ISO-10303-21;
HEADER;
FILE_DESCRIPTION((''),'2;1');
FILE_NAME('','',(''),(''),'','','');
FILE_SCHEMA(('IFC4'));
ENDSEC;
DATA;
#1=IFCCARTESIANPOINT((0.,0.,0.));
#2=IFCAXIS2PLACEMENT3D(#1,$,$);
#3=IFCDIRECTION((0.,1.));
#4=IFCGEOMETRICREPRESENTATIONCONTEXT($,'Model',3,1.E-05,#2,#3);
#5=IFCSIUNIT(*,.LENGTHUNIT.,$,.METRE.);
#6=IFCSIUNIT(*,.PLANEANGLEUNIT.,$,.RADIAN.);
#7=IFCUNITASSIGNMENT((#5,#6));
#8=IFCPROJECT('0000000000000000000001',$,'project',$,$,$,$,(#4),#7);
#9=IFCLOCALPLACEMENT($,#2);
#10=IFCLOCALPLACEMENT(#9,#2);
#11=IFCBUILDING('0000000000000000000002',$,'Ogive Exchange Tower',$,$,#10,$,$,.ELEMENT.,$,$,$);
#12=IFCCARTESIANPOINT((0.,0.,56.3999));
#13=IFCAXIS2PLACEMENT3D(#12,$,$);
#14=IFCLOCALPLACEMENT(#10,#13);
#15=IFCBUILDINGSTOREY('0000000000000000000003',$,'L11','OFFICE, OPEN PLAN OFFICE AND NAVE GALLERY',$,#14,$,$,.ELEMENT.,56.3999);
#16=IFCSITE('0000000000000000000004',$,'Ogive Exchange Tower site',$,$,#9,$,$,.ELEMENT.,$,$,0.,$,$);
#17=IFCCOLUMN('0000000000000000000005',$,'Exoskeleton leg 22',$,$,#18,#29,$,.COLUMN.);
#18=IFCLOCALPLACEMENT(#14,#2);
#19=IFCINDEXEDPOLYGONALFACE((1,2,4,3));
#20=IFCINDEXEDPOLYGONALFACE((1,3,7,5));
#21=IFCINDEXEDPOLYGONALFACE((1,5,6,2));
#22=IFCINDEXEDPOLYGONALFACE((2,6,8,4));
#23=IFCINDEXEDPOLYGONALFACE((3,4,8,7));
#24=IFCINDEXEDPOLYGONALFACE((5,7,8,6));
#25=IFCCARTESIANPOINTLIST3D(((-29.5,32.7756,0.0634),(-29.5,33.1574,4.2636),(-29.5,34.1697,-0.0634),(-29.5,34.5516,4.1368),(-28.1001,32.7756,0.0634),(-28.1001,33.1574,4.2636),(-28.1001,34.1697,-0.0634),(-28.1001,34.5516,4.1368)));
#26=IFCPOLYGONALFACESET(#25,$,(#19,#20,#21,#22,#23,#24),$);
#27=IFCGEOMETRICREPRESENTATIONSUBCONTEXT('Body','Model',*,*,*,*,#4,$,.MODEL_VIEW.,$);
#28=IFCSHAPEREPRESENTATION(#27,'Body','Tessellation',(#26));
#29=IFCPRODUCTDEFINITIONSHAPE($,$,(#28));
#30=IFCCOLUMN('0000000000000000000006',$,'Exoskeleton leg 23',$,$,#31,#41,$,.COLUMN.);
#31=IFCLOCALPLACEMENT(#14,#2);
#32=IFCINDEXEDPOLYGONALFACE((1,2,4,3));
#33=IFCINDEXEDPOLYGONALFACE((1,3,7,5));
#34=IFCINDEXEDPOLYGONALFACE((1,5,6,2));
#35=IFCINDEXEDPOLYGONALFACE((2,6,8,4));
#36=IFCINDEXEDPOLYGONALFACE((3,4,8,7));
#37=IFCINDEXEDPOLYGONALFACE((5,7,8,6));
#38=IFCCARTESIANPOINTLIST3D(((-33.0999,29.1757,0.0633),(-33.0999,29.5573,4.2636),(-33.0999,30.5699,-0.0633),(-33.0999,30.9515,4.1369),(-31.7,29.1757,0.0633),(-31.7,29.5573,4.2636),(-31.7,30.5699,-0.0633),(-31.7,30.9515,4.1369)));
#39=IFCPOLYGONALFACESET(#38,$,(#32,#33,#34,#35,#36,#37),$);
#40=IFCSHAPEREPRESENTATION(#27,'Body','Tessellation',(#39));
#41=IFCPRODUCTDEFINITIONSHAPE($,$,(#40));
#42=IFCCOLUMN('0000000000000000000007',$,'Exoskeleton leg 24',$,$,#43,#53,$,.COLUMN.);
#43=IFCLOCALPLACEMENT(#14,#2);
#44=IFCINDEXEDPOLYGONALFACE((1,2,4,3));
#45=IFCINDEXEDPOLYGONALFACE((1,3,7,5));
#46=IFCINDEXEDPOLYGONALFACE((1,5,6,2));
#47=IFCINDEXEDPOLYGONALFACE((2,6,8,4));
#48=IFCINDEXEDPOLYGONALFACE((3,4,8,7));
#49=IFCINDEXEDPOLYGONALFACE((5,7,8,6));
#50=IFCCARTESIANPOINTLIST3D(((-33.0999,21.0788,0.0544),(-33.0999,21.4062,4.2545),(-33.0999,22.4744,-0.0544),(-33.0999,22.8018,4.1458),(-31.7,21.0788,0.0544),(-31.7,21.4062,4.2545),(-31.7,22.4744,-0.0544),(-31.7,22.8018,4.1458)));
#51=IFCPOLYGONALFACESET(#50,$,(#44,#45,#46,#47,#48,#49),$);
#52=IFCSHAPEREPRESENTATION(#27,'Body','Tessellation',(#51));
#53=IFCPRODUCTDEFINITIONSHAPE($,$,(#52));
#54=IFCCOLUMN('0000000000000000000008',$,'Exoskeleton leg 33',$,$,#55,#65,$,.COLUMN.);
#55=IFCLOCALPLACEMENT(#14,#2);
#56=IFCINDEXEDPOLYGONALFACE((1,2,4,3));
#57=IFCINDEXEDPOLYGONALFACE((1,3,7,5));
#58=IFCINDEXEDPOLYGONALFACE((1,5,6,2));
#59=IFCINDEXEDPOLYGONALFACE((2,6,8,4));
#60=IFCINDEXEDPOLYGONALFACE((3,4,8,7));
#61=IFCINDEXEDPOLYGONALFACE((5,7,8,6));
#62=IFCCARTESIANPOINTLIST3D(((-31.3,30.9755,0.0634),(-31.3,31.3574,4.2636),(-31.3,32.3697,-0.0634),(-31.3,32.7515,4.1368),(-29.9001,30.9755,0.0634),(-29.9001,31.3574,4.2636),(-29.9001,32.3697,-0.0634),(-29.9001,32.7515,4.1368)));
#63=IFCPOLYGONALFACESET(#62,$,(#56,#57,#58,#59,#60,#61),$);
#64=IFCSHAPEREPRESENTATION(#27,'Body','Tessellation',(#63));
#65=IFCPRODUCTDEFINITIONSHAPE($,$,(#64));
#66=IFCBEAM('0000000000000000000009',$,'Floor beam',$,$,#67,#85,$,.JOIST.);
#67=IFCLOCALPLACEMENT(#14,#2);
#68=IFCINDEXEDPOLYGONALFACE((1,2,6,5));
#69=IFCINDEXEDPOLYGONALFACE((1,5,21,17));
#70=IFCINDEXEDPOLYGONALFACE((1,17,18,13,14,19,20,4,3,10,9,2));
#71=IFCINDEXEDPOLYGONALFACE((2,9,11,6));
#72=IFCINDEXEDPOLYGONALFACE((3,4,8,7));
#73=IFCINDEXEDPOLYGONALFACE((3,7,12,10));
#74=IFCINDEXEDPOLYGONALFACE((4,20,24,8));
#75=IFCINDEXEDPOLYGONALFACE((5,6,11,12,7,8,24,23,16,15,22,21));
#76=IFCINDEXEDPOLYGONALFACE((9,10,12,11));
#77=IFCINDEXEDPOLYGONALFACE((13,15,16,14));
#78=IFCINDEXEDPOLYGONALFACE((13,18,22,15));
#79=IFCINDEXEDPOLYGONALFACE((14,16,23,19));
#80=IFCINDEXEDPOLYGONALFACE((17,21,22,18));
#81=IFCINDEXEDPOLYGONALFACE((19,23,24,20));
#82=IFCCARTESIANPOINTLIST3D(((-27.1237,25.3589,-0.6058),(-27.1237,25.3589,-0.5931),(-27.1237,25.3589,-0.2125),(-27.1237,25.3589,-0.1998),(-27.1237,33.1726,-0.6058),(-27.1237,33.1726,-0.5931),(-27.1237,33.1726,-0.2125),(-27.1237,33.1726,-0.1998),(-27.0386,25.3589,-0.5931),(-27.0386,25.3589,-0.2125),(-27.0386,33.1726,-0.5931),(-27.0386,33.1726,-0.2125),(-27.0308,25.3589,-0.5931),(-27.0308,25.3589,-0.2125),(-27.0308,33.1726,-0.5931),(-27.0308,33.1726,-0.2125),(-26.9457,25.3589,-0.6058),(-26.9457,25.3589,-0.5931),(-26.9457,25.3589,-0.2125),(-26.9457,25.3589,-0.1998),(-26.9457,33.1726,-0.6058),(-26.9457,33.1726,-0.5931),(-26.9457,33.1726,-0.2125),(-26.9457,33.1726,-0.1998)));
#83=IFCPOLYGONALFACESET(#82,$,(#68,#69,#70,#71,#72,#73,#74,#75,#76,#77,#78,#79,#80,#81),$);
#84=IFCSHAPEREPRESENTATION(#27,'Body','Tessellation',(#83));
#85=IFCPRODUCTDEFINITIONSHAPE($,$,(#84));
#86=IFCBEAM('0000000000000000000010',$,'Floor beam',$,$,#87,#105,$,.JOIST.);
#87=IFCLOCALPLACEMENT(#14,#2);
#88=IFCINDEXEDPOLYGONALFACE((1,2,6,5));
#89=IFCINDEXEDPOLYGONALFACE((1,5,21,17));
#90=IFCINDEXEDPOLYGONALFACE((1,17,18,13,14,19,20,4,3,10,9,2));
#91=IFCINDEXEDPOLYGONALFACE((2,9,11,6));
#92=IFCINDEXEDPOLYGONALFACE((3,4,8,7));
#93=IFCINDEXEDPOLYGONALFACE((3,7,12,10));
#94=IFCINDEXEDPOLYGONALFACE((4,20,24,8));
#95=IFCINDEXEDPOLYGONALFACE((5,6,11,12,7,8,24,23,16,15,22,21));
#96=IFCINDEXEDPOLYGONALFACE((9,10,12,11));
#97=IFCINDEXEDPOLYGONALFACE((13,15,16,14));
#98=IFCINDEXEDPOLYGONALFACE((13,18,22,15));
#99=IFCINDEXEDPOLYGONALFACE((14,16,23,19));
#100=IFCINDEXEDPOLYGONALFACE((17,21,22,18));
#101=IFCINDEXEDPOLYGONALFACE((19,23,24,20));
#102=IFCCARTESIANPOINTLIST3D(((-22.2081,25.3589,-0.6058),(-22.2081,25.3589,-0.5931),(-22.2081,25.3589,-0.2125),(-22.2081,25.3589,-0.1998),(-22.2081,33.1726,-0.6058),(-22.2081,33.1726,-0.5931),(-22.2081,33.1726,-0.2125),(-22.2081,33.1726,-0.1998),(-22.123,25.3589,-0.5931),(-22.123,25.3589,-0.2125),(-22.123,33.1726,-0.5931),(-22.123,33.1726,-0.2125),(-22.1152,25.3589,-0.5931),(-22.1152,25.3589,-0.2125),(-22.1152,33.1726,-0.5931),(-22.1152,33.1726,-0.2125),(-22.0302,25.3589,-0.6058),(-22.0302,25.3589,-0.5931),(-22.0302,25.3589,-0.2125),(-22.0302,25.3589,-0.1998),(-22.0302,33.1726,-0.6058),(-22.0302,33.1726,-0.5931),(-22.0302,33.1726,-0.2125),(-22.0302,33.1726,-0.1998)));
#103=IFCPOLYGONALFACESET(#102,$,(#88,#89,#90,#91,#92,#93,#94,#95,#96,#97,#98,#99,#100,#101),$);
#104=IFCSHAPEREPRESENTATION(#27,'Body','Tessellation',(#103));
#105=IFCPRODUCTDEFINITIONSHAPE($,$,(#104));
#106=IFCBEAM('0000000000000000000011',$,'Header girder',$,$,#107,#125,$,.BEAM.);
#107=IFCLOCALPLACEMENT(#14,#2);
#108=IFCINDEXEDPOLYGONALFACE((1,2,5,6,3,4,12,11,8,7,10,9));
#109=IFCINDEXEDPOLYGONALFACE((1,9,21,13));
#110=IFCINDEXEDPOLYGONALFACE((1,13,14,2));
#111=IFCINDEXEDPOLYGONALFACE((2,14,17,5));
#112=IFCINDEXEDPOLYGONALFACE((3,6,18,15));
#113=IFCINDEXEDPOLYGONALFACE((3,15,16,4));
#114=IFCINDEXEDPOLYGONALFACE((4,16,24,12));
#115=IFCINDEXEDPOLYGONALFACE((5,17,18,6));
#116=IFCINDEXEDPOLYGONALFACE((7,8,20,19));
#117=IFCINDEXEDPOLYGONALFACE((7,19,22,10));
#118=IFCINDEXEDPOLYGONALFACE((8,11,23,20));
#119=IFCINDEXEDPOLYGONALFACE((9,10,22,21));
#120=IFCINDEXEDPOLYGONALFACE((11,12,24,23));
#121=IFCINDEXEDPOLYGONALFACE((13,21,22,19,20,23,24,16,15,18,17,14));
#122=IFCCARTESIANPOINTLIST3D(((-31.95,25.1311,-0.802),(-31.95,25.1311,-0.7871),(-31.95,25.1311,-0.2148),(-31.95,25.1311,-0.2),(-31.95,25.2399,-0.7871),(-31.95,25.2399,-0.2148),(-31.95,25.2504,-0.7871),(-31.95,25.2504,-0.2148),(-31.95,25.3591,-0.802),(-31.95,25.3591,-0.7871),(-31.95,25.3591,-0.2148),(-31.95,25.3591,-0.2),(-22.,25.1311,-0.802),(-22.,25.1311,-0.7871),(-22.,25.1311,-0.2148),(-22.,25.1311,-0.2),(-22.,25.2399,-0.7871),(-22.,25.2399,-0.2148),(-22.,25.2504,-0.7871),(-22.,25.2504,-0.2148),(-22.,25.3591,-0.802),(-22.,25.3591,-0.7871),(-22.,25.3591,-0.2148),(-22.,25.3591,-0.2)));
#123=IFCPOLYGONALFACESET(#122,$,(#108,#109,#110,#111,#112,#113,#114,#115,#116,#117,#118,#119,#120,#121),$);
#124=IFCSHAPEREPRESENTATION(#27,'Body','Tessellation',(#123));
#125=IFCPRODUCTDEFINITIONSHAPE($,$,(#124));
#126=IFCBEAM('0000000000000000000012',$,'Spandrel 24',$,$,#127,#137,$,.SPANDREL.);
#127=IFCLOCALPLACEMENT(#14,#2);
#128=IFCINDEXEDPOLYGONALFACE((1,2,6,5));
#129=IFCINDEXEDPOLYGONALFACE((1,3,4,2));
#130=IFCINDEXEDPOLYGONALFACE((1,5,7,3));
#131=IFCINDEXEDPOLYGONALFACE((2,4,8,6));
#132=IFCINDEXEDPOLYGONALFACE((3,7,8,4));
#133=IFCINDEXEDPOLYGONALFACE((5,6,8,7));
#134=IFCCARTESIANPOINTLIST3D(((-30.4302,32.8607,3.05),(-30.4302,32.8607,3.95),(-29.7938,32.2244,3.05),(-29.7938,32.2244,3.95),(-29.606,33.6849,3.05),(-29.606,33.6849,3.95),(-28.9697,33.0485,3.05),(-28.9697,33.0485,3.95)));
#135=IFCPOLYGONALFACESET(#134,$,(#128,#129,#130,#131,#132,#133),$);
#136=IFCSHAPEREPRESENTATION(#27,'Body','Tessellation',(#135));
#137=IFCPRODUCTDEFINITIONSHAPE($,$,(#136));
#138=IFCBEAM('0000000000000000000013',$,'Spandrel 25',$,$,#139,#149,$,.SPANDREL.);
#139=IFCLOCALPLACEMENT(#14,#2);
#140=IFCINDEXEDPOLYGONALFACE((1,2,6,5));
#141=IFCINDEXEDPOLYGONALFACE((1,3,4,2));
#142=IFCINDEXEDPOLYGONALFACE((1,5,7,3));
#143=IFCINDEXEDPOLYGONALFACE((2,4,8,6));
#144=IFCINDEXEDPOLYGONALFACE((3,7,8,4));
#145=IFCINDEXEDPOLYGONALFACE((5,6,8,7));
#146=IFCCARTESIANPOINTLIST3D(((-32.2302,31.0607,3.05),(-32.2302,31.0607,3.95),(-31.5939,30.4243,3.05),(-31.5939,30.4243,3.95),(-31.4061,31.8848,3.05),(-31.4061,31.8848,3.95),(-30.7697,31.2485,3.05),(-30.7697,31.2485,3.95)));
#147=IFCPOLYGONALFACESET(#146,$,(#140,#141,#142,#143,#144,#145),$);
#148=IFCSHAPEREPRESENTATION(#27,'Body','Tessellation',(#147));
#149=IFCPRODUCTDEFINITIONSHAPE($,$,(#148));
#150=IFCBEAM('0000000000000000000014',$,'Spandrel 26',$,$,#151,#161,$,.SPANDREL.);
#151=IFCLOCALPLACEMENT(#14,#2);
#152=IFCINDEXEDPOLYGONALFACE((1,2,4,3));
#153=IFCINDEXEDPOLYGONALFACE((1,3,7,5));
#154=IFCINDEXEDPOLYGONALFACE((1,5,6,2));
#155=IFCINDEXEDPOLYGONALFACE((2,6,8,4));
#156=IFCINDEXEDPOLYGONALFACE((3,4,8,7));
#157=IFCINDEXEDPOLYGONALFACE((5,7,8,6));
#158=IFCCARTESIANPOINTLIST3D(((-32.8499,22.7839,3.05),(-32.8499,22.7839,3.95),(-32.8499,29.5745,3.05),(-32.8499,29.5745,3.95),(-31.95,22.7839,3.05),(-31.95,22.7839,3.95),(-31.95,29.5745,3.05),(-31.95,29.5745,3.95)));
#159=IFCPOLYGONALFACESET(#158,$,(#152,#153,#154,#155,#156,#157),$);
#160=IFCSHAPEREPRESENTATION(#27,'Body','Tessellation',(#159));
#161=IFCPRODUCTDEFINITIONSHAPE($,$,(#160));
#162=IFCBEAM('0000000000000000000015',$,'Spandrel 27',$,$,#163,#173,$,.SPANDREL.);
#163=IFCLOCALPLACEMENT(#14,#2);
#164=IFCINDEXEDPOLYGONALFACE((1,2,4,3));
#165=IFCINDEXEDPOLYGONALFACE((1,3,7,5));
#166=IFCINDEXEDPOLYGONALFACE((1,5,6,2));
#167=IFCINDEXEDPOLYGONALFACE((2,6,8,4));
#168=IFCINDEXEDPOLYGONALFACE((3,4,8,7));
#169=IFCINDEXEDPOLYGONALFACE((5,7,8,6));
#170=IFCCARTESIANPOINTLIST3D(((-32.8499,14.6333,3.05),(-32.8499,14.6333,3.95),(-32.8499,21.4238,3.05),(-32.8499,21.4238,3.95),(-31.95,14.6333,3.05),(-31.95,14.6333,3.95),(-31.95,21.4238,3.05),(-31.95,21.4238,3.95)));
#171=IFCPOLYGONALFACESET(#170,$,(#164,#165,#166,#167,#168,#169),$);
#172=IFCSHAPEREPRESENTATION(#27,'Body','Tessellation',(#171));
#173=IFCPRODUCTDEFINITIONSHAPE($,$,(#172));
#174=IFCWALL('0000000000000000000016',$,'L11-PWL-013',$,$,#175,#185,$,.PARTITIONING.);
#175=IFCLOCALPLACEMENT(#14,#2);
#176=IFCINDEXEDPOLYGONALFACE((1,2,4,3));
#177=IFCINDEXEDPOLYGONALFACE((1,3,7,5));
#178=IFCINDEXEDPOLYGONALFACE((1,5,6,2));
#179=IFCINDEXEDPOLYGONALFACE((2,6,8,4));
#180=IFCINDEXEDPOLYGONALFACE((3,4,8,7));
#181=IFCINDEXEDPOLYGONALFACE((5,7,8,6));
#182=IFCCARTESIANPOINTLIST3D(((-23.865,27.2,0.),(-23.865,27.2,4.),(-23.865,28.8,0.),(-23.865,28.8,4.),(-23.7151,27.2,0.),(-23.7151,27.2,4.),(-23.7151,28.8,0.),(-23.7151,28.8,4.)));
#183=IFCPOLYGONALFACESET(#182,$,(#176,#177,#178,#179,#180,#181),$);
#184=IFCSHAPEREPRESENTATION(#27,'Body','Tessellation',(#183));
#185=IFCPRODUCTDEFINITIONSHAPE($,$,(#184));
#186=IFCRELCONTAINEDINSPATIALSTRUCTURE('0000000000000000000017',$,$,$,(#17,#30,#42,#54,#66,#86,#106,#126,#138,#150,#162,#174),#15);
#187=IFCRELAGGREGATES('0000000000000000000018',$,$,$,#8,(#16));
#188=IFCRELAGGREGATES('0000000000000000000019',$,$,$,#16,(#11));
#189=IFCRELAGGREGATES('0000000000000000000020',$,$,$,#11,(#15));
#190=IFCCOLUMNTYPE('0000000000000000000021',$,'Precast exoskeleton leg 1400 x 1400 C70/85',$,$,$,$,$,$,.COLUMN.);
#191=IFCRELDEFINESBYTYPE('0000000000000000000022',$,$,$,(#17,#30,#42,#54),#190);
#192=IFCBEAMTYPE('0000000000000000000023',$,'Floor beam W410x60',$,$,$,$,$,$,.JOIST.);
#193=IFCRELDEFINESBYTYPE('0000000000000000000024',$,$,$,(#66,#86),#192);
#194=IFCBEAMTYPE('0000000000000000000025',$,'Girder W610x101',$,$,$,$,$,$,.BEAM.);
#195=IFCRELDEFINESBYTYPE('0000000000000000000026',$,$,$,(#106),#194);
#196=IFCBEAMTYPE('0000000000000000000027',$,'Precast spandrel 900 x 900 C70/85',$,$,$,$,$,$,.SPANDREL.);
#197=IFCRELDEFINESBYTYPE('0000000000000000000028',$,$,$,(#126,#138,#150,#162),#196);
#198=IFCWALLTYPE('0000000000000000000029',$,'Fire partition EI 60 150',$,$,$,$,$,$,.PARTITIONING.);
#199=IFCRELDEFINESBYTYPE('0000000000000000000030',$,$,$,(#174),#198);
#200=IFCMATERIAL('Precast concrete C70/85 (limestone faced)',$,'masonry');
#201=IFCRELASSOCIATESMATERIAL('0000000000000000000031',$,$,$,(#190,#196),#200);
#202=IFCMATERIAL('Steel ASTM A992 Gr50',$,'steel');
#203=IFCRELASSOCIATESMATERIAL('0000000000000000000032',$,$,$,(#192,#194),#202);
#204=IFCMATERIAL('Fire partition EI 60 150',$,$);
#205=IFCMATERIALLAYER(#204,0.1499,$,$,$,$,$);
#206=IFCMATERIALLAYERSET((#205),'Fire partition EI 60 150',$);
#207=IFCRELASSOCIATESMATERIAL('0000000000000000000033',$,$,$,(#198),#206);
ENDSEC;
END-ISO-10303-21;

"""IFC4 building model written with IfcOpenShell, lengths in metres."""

from ifc_helpers import new_model, si_unit, direction, frame, frame_2d, origin, origin_2d, place, context, subcontext, project, spatial, rectangle, i_section, extrude, material, layer, layer_set, material_profile, profile_set, type_object, element, save


model = new_model("IFC4")

# Units and contexts
model_context = context("Model", 3, precision=1e-05, world=origin(), true_north=direction((0.0, 1.0)))
body_context = subcontext(model_context, "Body", "Model", "MODEL_VIEW")
ifc_project = project(units=[si_unit("LENGTHUNIT", "METRE"), si_unit("PLANEANGLEUNIT", "RADIAN")], contexts=[model_context])

# Site, building, storey
site_placement = place(None, origin())
site = spatial("IfcSite", under=ifc_project, at=site_placement, Name="Ogive Exchange Tower site", CompositionType="ELEMENT", RefElevation=0.0)
building_placement = place(site_placement, origin())
building = spatial("IfcBuilding", under=site, at=building_placement, Name="Ogive Exchange Tower", CompositionType="ELEMENT")
storey_placement = place(building_placement, frame((0.0, 0.0, 56.3999)))
storey = spatial("IfcBuildingStorey", under=building, at=storey_placement, Name="L11", Description="OFFICE, OPEN PLAN OFFICE AND NAVE GALLERY", CompositionType="ELEMENT", Elevation=56.3999)

# Columns
ifc_material_1 = material(Name="Precast concrete C70/85 (limestone faced)", Category="masonry")
ifc_material_profile_1 = material_profile(ifc_material_1, rectangle(XDim=1.3999, YDim=1.3999, at=origin_2d()), Name="1400 x 1400")
ifc_profile_set_1 = profile_set([ifc_material_profile_1], Name="Precast concrete C70/85 (limestone faced)")
column_type = type_object("IfcColumnType", Name="Precast exoskeleton leg 1400 x 1400 C70/85", PredefinedType="COLUMN", material=ifc_profile_set_1)
for number, where, z_axis, x_axis, name in (
    (1, (-28.8, 33.4727, 0.0), (0.0, 0.090536, 0.995893), (-1.0, 0.0, 0.0), "Exoskeleton leg 22"),
    (2, (-32.3999, 29.8728, 0.0), (0.0, 0.090478, 0.995898), (-1.0, 0.0, 0.0), "Exoskeleton leg 23"),
):
    element("IfcColumn", number, at=place(storey_placement, frame(where, z_axis=z_axis, x_axis=x_axis)), inside=storey, type_object=column_type, Name=name, PredefinedType="COLUMN", context=body_context, shape_type="SweptSolid", body=[
        extrude(rectangle(XDim=1.3999, YDim=1.3999, at=origin_2d()), origin(), (0.0, 0.0, 1.0), 4.2175),
    ])
column_1_placement = place(storey_placement, frame((-32.3999, 21.7766, 0.0), z_axis=(0.0, 0.077711, 0.996976), x_axis=(-1.0, 0.0, 0.0)))
element("IfcColumn", 3, at=column_1_placement, inside=storey, type_object=column_type, Name="Exoskeleton leg 24", PredefinedType="COLUMN", context=body_context, shape_type="SweptSolid", body=[
    extrude(rectangle(XDim=1.3999, YDim=1.3999, at=origin_2d()), origin(), (0.0, 0.0, 1.0), 4.2129),
])
column_2_placement = place(storey_placement, frame((-30.6001, 31.6726, 0.0), z_axis=(0.0, 0.090536, 0.995893), x_axis=(-1.0, 0.0, 0.0)))
element("IfcColumn", 4, at=column_2_placement, inside=storey, type_object=column_type, Name="Exoskeleton leg 33", PredefinedType="COLUMN", context=body_context, shape_type="SweptSolid", body=[
    extrude(rectangle(XDim=1.3999, YDim=1.3999, at=origin_2d()), origin(), (0.0, 0.0, 1.0), 4.2175),
])

# Beams
ifc_material_2 = material(Name="Steel ASTM A992 Gr50", Category="steel")
ifc_material_profile_2 = material_profile(ifc_material_2, i_section(OverallWidth=0.178, OverallDepth=0.406, WebThickness=0.0078, FlangeThickness=0.0127, at=origin_2d()), Name="W410x60")
ifc_profile_set_2 = profile_set([ifc_material_profile_2], Name="Steel ASTM A992 Gr50")
beam_type_1 = type_object("IfcBeamType", Name="Floor beam W410x60", PredefinedType="JOIST", material=ifc_profile_set_2)
for number, where, z_axis, x_axis, name in (
    (5, (-27.0347, 25.3589, -0.4028), (0.0, 1.0, 0.0), (-1.0, 0.0, 0.0), "Floor beam"),
    (6, (-22.1191, 25.3589, -0.4028), (0.0, 1.0, 0.0), (-1.0, 0.0, 0.0), "Floor beam"),
):
    element("IfcBeam", number, at=place(storey_placement, frame(where, z_axis=z_axis, x_axis=x_axis)), inside=storey, type_object=beam_type_1, Name=name, PredefinedType="JOIST", context=body_context, shape_type="SweptSolid", body=[
        extrude(i_section(OverallWidth=0.178, OverallDepth=0.406, WebThickness=0.0078, FlangeThickness=0.0127, at=origin_2d()), origin(), (0.0, 0.0, 1.0), 7.8137),
    ])
ifc_material_profile_3 = material_profile(ifc_material_2, i_section(OverallWidth=0.228, OverallDepth=0.6021, WebThickness=0.0105, FlangeThickness=0.0149, at=origin_2d()), Name="W610x101")
ifc_profile_set_3 = profile_set([ifc_material_profile_3], Name="Steel ASTM A992 Gr50")
beam_type_2 = type_object("IfcBeamType", Name="Girder W610x101", PredefinedType="BEAM", material=ifc_profile_set_3)
beam_placement = place(storey_placement, frame((-31.95, 25.2451, -0.501), z_axis=(1.0, 0.0, 0.0), x_axis=(0.0, 1.0, 0.0)))
element("IfcBeam", 7, at=beam_placement, inside=storey, type_object=beam_type_2, Name="Header girder", PredefinedType="BEAM", context=body_context, shape_type="SweptSolid", body=[
    extrude(i_section(OverallWidth=0.228, OverallDepth=0.6021, WebThickness=0.0105, FlangeThickness=0.0149, at=origin_2d()), origin(), (0.0, 0.0, 1.0), 9.95),
])
ifc_material_profile_4 = material_profile(ifc_material_1, rectangle(XDim=0.8999, YDim=0.8999, at=origin_2d()), Name="900 x 900")
ifc_profile_set_4 = profile_set([ifc_material_profile_4], Name="Precast concrete C70/85 (limestone faced)")
beam_type_3 = type_object("IfcBeamType", Name="Precast spandrel 900 x 900 C70/85", PredefinedType="SPANDREL", material=ifc_profile_set_4)
for number, where, z_axis, x_axis, name in (
    (8, (-29.2878, 33.3667, 3.5), (-0.707107, -0.707107, 0.0), (0.707107, -0.707107, 0.0), "Spandrel 24"),
    (9, (-31.0879, 31.5667, 3.5), (-0.707107, -0.707107, 0.0), (0.707107, -0.707107, 0.0), "Spandrel 25"),
):
    element("IfcBeam", number, at=place(storey_placement, frame(where, z_axis=z_axis, x_axis=x_axis)), inside=storey, type_object=beam_type_3, Name=name, PredefinedType="SPANDREL", context=body_context, shape_type="SweptSolid", body=[
        extrude(rectangle(XDim=0.8999, YDim=0.8999, at=origin_2d()), origin(), (0.0, 0.0, 1.0), 1.1655),
    ])
for number, where, z_axis, x_axis, name in (
    (10, (-32.3999, 29.5745, 3.5), (0.0, -1.0, 0.0), (1.0, 0.0, 0.0), "Spandrel 26"),
    (11, (-32.3999, 21.4238, 3.5), (0.0, -1.0, 0.0), (1.0, 0.0, 0.0), "Spandrel 27"),
):
    element("IfcBeam", number, at=place(storey_placement, frame(where, z_axis=z_axis, x_axis=x_axis)), inside=storey, type_object=beam_type_3, Name=name, PredefinedType="SPANDREL", context=body_context, shape_type="SweptSolid", body=[
        extrude(rectangle(XDim=0.8999, YDim=0.8999, at=origin_2d()), origin(), (0.0, 0.0, 1.0), 6.7905),
    ])

# Wall
ifc_material_3 = material(Name="Fire partition EI 60 150")
ifc_layer_1 = layer(ifc_material_3, 0.1499)
ifc_layer_set_1 = layer_set([ifc_layer_1], Name="Fire partition EI 60 150")
wall_type_1 = type_object("IfcWallType", Name="Fire partition EI 60 150", PredefinedType="PARTITIONING", material=ifc_layer_set_1)
wall_1_placement = place(storey_placement, frame((-23.79, 27.2, 0.0), z_axis=(0.0, 0.0, 1.0), x_axis=(0.0, 1.0, 0.0)))
element("IfcWall", 12, at=wall_1_placement, inside=storey, type_object=wall_type_1, Name="L11-PWL-013", PredefinedType="PARTITIONING", context=body_context, shape_type="SweptSolid", body=[
    extrude(rectangle(XDim=1.6001, YDim=0.1499, at=frame_2d((0.8, 0.0))), origin(), (0.0, 0.0, 1.0), 4.0),
])

save(model, "model.ifc")
